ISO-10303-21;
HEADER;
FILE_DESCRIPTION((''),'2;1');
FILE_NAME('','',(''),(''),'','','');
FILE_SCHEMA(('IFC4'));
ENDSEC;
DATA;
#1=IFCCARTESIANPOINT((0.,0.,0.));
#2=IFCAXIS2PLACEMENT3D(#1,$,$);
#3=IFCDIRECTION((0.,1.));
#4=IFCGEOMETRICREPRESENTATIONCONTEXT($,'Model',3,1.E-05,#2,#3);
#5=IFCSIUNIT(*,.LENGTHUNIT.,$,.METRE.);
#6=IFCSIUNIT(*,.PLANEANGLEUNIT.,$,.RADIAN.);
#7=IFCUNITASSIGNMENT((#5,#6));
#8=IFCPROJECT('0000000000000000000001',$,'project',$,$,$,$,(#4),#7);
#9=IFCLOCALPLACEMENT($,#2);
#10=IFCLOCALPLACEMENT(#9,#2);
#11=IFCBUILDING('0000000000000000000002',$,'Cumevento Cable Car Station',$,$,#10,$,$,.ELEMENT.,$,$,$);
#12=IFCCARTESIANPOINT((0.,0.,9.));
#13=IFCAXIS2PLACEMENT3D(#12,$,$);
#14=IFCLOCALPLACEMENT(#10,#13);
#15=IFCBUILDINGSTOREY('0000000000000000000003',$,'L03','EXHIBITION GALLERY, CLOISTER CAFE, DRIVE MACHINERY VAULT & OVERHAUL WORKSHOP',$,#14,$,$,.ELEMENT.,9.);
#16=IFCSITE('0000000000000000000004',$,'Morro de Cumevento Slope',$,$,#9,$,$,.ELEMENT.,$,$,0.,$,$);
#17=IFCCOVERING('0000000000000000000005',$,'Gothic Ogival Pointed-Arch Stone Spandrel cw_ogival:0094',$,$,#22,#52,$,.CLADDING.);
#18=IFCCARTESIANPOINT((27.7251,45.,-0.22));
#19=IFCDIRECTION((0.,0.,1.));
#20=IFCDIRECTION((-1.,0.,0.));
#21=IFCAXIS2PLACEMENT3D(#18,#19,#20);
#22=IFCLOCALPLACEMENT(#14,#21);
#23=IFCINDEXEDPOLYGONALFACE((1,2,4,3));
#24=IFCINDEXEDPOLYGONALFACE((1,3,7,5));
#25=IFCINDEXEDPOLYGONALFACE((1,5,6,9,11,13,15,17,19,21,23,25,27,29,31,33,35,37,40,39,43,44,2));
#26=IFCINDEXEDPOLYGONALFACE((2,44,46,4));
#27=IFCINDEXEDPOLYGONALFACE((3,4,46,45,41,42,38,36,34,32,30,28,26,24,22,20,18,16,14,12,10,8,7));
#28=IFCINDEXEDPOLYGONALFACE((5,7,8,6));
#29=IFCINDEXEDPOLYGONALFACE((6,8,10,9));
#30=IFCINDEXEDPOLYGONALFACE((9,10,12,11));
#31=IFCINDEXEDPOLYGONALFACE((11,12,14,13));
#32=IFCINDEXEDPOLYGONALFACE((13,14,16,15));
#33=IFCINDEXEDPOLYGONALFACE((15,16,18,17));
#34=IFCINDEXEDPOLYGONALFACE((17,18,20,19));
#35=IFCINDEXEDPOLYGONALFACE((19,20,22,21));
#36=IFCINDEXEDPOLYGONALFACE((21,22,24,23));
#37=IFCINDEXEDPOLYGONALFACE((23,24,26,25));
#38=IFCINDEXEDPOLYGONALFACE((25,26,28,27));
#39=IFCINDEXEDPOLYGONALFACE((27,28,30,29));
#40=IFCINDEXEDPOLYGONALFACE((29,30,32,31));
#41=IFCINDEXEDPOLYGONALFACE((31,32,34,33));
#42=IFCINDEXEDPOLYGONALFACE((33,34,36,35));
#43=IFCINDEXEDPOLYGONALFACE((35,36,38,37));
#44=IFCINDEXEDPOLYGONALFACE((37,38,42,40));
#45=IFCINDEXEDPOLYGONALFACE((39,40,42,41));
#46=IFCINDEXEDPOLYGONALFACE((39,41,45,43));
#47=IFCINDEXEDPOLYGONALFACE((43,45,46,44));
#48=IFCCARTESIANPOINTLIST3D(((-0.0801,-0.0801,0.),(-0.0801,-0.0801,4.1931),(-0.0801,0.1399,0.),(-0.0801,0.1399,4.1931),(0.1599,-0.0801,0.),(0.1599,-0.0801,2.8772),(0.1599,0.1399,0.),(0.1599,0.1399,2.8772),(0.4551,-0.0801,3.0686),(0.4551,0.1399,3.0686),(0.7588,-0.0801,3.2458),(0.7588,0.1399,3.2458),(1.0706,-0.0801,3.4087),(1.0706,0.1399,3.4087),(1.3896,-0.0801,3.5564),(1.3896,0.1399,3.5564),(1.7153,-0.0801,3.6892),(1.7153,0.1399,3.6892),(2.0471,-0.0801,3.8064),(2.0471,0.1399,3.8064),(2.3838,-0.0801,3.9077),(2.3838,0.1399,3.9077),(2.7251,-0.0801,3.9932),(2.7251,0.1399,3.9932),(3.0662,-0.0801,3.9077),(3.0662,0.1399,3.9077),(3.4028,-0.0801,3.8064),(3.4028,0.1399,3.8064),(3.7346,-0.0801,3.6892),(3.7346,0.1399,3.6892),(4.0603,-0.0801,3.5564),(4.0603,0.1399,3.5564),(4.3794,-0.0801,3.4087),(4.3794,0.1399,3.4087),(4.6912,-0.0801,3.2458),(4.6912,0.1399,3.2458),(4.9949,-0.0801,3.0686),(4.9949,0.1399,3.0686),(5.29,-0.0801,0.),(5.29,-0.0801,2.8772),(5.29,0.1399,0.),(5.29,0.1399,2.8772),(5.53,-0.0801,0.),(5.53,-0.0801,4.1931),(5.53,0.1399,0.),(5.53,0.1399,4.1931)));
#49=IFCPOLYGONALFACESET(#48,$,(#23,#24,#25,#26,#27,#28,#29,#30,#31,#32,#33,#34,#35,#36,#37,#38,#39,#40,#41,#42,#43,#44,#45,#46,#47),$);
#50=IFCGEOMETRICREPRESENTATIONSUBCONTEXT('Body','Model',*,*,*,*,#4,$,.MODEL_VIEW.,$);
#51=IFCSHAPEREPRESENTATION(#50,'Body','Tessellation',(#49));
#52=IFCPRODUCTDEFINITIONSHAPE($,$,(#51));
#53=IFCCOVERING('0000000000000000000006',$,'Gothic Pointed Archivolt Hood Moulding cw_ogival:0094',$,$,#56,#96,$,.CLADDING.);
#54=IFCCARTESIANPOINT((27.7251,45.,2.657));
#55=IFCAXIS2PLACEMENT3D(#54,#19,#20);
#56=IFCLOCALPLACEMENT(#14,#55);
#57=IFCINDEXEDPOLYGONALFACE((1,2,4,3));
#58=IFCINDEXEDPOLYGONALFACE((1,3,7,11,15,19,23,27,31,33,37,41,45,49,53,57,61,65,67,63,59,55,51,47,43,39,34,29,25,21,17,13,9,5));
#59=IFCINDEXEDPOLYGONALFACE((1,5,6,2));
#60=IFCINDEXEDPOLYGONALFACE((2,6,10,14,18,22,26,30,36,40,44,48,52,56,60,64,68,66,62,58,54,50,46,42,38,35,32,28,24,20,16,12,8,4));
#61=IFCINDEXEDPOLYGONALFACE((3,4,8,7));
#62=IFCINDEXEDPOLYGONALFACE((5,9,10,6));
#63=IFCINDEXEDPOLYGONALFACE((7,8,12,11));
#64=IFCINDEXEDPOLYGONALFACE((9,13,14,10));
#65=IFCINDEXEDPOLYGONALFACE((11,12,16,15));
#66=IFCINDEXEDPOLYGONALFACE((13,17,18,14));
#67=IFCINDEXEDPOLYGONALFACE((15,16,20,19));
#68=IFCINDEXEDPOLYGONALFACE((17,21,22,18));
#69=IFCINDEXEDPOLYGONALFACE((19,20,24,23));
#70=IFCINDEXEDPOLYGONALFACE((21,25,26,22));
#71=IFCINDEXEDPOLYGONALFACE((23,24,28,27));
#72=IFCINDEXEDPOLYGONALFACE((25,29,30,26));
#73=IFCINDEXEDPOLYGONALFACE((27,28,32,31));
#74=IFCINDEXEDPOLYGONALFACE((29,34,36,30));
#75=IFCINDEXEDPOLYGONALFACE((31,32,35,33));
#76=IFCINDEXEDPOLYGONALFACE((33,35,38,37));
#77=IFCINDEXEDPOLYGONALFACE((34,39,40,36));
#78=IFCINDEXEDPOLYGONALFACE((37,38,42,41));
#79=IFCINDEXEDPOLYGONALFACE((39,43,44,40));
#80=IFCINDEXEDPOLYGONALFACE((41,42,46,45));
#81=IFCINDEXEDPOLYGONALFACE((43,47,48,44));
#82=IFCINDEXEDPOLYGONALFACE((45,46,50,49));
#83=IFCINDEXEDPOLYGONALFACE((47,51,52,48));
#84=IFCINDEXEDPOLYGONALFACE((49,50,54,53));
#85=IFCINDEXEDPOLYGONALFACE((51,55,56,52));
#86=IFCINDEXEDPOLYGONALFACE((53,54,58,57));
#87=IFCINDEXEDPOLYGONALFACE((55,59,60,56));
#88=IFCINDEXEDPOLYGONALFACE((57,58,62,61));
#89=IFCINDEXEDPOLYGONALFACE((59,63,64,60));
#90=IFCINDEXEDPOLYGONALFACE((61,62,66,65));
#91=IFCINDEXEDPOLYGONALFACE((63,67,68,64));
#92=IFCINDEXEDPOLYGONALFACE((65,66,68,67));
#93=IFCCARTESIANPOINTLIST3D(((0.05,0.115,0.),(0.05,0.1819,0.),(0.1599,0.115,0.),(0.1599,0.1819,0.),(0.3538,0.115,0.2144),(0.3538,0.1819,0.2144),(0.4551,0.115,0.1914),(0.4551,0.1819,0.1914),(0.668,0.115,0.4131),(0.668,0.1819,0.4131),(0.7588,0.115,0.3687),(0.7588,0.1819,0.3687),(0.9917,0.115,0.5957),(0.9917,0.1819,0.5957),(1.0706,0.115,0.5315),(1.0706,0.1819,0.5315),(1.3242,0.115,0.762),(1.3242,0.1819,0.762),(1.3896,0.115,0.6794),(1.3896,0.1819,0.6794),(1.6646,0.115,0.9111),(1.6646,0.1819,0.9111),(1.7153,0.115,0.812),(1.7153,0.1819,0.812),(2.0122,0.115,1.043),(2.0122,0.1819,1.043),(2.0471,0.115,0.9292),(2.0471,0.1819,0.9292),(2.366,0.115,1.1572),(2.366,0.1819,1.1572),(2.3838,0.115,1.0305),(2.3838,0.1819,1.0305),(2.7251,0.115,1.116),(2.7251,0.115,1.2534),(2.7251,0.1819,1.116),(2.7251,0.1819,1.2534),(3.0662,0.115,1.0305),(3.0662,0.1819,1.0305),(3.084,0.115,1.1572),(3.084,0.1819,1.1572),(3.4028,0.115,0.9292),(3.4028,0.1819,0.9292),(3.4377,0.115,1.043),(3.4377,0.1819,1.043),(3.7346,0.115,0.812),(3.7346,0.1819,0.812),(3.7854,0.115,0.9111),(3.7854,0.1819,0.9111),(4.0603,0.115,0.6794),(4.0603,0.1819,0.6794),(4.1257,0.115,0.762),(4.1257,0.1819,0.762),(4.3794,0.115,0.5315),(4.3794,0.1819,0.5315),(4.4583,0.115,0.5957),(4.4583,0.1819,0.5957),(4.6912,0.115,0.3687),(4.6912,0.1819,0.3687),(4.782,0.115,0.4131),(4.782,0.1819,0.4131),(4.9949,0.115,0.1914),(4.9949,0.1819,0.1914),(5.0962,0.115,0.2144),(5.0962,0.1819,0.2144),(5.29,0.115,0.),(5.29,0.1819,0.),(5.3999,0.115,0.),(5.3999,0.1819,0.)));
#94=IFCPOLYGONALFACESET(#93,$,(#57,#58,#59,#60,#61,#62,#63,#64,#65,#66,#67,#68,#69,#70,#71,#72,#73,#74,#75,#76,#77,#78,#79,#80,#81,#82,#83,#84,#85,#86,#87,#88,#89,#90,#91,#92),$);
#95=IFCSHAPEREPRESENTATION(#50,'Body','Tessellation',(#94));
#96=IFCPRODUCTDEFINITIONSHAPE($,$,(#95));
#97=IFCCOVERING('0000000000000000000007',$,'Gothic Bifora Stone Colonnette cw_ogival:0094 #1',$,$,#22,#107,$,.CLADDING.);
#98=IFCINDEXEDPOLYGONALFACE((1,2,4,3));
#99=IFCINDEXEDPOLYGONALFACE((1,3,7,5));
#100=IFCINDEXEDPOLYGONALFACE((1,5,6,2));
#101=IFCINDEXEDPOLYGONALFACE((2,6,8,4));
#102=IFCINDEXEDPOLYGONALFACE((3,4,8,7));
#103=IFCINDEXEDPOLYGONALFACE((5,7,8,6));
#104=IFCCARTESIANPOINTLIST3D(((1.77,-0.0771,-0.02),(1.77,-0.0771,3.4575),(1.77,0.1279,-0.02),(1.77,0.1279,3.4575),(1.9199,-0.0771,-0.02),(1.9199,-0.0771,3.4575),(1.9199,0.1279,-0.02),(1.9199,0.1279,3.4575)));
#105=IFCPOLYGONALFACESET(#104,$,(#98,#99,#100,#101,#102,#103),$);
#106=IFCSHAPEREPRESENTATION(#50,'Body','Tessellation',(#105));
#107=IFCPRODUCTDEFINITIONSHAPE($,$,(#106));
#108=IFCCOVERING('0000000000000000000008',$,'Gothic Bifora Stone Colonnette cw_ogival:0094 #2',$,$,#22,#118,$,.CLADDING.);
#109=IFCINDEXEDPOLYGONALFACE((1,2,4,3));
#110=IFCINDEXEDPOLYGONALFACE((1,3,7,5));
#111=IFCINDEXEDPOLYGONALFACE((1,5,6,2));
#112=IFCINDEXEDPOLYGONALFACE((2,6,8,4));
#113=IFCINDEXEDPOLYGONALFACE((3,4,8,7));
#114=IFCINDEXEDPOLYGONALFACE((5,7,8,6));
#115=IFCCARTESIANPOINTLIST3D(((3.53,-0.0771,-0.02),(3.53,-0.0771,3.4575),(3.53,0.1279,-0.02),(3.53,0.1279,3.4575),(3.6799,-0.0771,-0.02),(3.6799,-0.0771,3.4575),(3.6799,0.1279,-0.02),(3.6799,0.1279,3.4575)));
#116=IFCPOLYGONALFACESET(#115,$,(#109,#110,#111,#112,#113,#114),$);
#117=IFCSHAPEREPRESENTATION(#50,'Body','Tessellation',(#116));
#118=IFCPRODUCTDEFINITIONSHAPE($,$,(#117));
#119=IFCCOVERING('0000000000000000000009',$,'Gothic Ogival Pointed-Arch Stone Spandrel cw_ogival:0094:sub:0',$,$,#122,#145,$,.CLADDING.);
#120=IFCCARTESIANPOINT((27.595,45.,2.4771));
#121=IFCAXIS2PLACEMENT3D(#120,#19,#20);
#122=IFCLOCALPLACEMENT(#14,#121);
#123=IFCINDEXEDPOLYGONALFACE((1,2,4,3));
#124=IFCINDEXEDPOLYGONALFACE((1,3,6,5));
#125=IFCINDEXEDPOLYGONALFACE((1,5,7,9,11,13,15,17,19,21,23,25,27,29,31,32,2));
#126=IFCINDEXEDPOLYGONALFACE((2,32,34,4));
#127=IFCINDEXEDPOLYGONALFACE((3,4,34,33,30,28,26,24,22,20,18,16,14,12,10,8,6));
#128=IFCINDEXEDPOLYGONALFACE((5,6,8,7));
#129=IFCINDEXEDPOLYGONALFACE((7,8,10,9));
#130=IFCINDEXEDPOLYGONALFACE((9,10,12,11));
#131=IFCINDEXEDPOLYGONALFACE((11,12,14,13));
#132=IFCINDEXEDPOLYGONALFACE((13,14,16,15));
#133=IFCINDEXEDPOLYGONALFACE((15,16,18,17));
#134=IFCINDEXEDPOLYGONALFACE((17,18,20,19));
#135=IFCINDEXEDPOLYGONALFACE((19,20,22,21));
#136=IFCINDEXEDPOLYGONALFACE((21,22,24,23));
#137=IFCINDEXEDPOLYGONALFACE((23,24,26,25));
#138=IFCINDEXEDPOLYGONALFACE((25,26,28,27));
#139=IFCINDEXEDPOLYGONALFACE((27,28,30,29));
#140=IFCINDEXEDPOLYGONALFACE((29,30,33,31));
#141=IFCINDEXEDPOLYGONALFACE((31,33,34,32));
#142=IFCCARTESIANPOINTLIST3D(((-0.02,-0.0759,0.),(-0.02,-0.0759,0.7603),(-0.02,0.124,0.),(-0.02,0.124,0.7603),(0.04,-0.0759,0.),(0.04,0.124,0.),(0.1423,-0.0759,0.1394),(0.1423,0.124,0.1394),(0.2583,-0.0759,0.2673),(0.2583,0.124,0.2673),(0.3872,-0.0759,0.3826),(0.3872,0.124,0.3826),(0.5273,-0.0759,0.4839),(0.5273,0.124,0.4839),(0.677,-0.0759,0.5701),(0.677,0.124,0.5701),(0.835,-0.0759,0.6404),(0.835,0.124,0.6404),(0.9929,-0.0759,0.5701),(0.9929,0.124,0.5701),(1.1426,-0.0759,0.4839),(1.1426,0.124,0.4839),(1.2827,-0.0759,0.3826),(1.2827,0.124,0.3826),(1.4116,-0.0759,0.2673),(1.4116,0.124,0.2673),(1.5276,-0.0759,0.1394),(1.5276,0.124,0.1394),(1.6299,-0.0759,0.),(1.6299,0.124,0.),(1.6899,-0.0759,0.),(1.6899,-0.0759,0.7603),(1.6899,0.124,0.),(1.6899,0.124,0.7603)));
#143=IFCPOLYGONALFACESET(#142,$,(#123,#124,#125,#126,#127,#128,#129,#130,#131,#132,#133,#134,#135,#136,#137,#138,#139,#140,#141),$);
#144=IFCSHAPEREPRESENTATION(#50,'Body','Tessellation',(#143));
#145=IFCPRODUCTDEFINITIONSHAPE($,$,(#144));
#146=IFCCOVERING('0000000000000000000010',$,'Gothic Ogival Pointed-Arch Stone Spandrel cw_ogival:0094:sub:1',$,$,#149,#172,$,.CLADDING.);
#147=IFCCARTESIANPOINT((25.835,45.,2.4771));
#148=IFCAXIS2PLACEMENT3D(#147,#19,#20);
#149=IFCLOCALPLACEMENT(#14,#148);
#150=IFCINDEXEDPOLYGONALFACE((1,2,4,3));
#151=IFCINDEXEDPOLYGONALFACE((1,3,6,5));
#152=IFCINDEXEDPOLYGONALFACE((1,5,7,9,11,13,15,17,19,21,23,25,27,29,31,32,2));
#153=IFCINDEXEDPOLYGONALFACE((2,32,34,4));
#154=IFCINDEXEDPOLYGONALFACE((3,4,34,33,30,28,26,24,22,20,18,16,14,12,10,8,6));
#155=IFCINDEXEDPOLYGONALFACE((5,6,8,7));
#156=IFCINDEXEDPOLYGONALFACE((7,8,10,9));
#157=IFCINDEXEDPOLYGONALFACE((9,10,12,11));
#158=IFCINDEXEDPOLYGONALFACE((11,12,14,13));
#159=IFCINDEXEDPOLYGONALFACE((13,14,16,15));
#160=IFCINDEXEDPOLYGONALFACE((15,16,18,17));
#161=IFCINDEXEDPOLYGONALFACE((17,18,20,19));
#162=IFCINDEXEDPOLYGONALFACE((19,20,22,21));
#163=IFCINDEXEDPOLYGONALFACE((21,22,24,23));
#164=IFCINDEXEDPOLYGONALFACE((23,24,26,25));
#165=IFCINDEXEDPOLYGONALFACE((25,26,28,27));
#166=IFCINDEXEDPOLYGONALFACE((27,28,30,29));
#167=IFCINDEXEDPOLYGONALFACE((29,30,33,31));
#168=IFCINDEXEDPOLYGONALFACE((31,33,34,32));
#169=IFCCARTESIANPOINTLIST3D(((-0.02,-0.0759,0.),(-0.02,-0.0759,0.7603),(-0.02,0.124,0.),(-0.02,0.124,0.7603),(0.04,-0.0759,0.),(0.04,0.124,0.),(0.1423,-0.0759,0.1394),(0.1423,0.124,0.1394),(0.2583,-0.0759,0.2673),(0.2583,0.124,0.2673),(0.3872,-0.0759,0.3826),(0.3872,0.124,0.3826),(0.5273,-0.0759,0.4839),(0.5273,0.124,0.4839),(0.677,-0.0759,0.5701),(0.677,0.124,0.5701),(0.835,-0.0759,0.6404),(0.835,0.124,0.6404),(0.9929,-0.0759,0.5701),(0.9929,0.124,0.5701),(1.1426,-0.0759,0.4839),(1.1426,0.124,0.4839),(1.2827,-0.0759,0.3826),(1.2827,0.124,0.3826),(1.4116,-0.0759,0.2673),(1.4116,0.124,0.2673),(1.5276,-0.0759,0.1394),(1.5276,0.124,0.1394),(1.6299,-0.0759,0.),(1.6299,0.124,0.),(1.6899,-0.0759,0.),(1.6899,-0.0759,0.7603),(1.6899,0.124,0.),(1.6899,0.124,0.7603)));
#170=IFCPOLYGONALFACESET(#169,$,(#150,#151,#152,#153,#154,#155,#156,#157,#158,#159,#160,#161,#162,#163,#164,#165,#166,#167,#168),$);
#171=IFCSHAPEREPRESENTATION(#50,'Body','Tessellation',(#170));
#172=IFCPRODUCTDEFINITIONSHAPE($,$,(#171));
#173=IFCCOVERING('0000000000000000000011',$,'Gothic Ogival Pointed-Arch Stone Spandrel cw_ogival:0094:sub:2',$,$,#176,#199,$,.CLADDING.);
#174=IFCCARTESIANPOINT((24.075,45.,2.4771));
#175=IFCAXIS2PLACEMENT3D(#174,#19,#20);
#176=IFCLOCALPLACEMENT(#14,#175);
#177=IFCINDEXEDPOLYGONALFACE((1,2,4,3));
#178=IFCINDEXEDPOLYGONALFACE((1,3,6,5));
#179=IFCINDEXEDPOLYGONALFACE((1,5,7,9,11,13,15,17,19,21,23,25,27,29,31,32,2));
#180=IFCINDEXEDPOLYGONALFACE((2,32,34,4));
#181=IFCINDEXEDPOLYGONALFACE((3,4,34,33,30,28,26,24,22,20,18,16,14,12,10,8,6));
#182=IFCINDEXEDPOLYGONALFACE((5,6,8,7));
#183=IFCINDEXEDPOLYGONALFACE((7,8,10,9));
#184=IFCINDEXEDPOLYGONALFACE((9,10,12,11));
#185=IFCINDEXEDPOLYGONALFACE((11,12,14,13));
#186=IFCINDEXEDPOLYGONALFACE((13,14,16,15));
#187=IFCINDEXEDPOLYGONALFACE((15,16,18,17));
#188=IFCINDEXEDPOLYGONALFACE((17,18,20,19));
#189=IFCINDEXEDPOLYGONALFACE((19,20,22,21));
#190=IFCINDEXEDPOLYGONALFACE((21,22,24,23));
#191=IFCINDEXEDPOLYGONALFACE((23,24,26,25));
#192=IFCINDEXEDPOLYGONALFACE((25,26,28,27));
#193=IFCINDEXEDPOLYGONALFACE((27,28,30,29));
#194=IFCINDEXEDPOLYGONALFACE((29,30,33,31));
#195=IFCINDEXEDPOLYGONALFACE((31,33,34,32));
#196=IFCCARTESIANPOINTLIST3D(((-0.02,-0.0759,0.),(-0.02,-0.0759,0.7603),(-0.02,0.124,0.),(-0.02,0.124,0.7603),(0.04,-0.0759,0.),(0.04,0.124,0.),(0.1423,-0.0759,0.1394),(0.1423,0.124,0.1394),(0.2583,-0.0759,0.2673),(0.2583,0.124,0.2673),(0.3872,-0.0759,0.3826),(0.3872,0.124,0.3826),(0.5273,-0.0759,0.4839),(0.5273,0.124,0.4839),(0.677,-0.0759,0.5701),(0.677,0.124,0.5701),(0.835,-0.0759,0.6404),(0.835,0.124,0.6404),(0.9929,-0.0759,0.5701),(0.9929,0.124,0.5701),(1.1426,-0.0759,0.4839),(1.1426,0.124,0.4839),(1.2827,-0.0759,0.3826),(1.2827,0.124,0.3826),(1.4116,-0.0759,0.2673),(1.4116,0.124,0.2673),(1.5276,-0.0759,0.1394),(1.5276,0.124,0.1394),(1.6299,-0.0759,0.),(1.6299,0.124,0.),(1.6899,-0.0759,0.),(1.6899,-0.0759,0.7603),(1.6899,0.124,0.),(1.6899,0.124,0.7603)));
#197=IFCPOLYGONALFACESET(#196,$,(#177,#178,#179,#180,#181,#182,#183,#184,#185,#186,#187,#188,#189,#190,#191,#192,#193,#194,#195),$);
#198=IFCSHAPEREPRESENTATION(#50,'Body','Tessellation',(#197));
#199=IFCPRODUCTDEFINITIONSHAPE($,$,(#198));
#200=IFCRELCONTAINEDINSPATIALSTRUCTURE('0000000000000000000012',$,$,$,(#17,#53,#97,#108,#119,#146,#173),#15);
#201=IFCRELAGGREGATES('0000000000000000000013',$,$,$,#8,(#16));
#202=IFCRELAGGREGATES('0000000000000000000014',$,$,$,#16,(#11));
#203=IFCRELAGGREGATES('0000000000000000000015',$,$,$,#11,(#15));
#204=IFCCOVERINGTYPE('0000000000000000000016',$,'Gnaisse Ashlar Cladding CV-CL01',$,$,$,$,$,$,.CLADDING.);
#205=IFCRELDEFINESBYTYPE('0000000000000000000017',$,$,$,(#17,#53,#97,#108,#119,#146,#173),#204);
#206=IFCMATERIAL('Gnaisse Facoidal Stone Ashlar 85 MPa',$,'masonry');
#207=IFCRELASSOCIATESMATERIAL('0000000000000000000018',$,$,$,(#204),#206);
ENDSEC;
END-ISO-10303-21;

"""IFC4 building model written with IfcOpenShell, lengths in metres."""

from ifc_helpers import new_model, si_unit, direction, frame, origin, place, context, subcontext, project, spatial, polyline, outline, extrude, material, type_object, element, save


model = new_model("IFC4")

# Units and contexts
model_context = context("Model", 3, precision=1e-05, world=origin(), true_north=direction((0.0, 1.0)))
body_context = subcontext(model_context, "Body", "Model", "MODEL_VIEW")
ifc_project = project(units=[si_unit("LENGTHUNIT", "METRE"), si_unit("PLANEANGLEUNIT", "RADIAN")], contexts=[model_context])

# Site, building, storey
site_placement = place(None, origin())
site = spatial("IfcSite", under=ifc_project, at=site_placement, Name="Morro de Cumevento Slope", CompositionType="ELEMENT", RefElevation=0.0)
building_placement = place(site_placement, origin())
building = spatial("IfcBuilding", under=site, at=building_placement, Name="Cumevento Cable Car Station", CompositionType="ELEMENT")
storey_placement = place(building_placement, frame((0.0, 0.0, 9.0)))
storey = spatial("IfcBuildingStorey", under=building, at=storey_placement, Name="L03", Description="EXHIBITION GALLERY, CLOISTER CAFE, DRIVE MACHINERY VAULT & OVERHAUL WORKSHOP", CompositionType="ELEMENT", Elevation=9.0)

# Coverings
ifc_material_1 = material(Name="Gnaisse Facoidal Stone Ashlar 85 MPa", Category="masonry")
covering_type = type_object("IfcCoveringType", Name="Gnaisse Ashlar Cladding CV-CL01", PredefinedType="CLADDING", material=ifc_material_1)
placement = place(storey_placement, frame((27.7251, 45.0, -0.22), z_axis=(0.0, 0.0, 1.0), x_axis=(-1.0, 0.0, 0.0)))
element("IfcCovering", 1, at=placement, inside=storey, type_object=covering_type, Name="Gothic Ogival Pointed-Arch Stone Spandrel cw_ogival:0094", PredefinedType="CLADDING", context=body_context, shape_type="SweptSolid", body=[
    extrude(outline(polyline([(-0.0801, 0.0), (-0.0801, 4.1931), (5.53, 4.1931), (5.53, 0.0), (5.29, 0.0), (5.29, 2.8772), (4.9949, 3.0686), (4.6912, 3.2458), (4.3794, 3.4087), (4.0603, 3.5564), (3.7346, 3.6892), (3.4028, 3.8064), (3.0662, 3.9077), (2.7251, 3.9932), (2.3838, 3.9077), (2.0471, 3.8064), (1.7153, 3.6892), (1.3896, 3.5564), (1.0706, 3.4087), (0.7588, 3.2458), (0.4551, 3.0686), (0.1599, 2.8772), (0.1599, 0.0), (-0.0801, 0.0)])), frame((0.0, 0.1399, 0.0), z_axis=(0.0, -1.0, 0.0), x_axis=(1.0, 0.0, 0.0)), (0.0, 0.0, 1.0), 0.22),
])
covering_1_placement = place(storey_placement, frame((27.7251, 45.0, 2.657), z_axis=(0.0, 0.0, 1.0), x_axis=(-1.0, 0.0, 0.0)))
element("IfcCovering", 2, at=covering_1_placement, inside=storey, type_object=covering_type, Name="Gothic Pointed Archivolt Hood Moulding cw_ogival:0094", PredefinedType="CLADDING", context=body_context, shape_type="SweptSolid", body=[
    extrude(outline(polyline([(0.1599, 0.0), (0.4551, 0.1914), (0.7588, 0.3687), (1.0706, 0.5315), (1.3896, 0.6794), (1.7153, 0.812), (2.0471, 0.9292), (2.3838, 1.0305), (2.7251, 1.116), (3.0662, 1.0305), (3.4028, 0.9292), (3.7346, 0.812), (4.0603, 0.6794), (4.3794, 0.5315), (4.6912, 0.3687), (4.9949, 0.1914), (5.29, 0.0), (5.3999, 0.0), (5.0962, 0.2144), (4.782, 0.4131), (4.4583, 0.5957), (4.1257, 0.762), (3.7854, 0.9111), (3.4377, 1.043), (3.084, 1.1572), (2.7251, 1.2534), (2.366, 1.1572), (2.0122, 1.043), (1.6646, 0.9111), (1.3242, 0.762), (0.9917, 0.5957), (0.668, 0.4131), (0.3538, 0.2144), (0.05, 0.0), (0.1599, 0.0)])), frame((0.0, 0.1819, 0.0), z_axis=(0.0, -1.0, 0.0), x_axis=(1.0, 0.0, 0.0)), (0.0, 0.0, 1.0), 0.0669),
])
element("IfcCovering", 3, at=placement, inside=storey, type_object=covering_type, Name="Gothic Bifora Stone Colonnette cw_ogival:0094 #1", PredefinedType="CLADDING", context=body_context, shape_type="SweptSolid", body=[
    extrude(outline(polyline([(1.77, -0.02), (1.9199, -0.02), (1.9199, 3.4575), (1.77, 3.4575), (1.77, -0.02)])), frame((0.0, 0.1279, 0.0), z_axis=(0.0, -1.0, 0.0), x_axis=(1.0, 0.0, 0.0)), (0.0, 0.0, 1.0), 0.2051),
])
element("IfcCovering", 4, at=placement, inside=storey, type_object=covering_type, Name="Gothic Bifora Stone Colonnette cw_ogival:0094 #2", PredefinedType="CLADDING", context=body_context, shape_type="SweptSolid", body=[
    extrude(outline(polyline([(3.53, -0.02), (3.6799, -0.02), (3.6799, 3.4575), (3.53, 3.4575), (3.53, -0.02)])), frame((0.0, 0.1279, 0.0), z_axis=(0.0, -1.0, 0.0), x_axis=(1.0, 0.0, 0.0)), (0.0, 0.0, 1.0), 0.2051),
])
for number, where, z_axis, x_axis, name in (
    (5, (27.595, 45.0, 2.4771), (0.0, 0.0, 1.0), (-1.0, 0.0, 0.0), "Gothic Ogival Pointed-Arch Stone Spandrel cw_ogival:0094:sub:0"),
    (6, (25.835, 45.0, 2.4771), (0.0, 0.0, 1.0), (-1.0, 0.0, 0.0), "Gothic Ogival Pointed-Arch Stone Spandrel cw_ogival:0094:sub:1"),
    (7, (24.075, 45.0, 2.4771), (0.0, 0.0, 1.0), (-1.0, 0.0, 0.0), "Gothic Ogival Pointed-Arch Stone Spandrel cw_ogival:0094:sub:2"),
):
    element("IfcCovering", number, at=place(storey_placement, frame(where, z_axis=z_axis, x_axis=x_axis)), inside=storey, type_object=covering_type, Name=name, PredefinedType="CLADDING", context=body_context, shape_type="SweptSolid", body=[
        extrude(outline(polyline([(-0.02, 0.0), (-0.02, 0.7603), (1.6899, 0.7603), (1.6899, 0.0), (1.6299, 0.0), (1.5276, 0.1394), (1.4116, 0.2673), (1.2827, 0.3826), (1.1426, 0.4839), (0.9929, 0.5701), (0.835, 0.6404), (0.677, 0.5701), (0.5273, 0.4839), (0.3872, 0.3826), (0.2583, 0.2673), (0.1423, 0.1394), (0.04, 0.0), (-0.02, 0.0)])), frame((0.0, 0.124, 0.0), z_axis=(0.0, -1.0, 0.0), x_axis=(1.0, 0.0, 0.0)), (0.0, 0.0, 1.0), 0.2),
    ])

save(model, "model.ifc")
